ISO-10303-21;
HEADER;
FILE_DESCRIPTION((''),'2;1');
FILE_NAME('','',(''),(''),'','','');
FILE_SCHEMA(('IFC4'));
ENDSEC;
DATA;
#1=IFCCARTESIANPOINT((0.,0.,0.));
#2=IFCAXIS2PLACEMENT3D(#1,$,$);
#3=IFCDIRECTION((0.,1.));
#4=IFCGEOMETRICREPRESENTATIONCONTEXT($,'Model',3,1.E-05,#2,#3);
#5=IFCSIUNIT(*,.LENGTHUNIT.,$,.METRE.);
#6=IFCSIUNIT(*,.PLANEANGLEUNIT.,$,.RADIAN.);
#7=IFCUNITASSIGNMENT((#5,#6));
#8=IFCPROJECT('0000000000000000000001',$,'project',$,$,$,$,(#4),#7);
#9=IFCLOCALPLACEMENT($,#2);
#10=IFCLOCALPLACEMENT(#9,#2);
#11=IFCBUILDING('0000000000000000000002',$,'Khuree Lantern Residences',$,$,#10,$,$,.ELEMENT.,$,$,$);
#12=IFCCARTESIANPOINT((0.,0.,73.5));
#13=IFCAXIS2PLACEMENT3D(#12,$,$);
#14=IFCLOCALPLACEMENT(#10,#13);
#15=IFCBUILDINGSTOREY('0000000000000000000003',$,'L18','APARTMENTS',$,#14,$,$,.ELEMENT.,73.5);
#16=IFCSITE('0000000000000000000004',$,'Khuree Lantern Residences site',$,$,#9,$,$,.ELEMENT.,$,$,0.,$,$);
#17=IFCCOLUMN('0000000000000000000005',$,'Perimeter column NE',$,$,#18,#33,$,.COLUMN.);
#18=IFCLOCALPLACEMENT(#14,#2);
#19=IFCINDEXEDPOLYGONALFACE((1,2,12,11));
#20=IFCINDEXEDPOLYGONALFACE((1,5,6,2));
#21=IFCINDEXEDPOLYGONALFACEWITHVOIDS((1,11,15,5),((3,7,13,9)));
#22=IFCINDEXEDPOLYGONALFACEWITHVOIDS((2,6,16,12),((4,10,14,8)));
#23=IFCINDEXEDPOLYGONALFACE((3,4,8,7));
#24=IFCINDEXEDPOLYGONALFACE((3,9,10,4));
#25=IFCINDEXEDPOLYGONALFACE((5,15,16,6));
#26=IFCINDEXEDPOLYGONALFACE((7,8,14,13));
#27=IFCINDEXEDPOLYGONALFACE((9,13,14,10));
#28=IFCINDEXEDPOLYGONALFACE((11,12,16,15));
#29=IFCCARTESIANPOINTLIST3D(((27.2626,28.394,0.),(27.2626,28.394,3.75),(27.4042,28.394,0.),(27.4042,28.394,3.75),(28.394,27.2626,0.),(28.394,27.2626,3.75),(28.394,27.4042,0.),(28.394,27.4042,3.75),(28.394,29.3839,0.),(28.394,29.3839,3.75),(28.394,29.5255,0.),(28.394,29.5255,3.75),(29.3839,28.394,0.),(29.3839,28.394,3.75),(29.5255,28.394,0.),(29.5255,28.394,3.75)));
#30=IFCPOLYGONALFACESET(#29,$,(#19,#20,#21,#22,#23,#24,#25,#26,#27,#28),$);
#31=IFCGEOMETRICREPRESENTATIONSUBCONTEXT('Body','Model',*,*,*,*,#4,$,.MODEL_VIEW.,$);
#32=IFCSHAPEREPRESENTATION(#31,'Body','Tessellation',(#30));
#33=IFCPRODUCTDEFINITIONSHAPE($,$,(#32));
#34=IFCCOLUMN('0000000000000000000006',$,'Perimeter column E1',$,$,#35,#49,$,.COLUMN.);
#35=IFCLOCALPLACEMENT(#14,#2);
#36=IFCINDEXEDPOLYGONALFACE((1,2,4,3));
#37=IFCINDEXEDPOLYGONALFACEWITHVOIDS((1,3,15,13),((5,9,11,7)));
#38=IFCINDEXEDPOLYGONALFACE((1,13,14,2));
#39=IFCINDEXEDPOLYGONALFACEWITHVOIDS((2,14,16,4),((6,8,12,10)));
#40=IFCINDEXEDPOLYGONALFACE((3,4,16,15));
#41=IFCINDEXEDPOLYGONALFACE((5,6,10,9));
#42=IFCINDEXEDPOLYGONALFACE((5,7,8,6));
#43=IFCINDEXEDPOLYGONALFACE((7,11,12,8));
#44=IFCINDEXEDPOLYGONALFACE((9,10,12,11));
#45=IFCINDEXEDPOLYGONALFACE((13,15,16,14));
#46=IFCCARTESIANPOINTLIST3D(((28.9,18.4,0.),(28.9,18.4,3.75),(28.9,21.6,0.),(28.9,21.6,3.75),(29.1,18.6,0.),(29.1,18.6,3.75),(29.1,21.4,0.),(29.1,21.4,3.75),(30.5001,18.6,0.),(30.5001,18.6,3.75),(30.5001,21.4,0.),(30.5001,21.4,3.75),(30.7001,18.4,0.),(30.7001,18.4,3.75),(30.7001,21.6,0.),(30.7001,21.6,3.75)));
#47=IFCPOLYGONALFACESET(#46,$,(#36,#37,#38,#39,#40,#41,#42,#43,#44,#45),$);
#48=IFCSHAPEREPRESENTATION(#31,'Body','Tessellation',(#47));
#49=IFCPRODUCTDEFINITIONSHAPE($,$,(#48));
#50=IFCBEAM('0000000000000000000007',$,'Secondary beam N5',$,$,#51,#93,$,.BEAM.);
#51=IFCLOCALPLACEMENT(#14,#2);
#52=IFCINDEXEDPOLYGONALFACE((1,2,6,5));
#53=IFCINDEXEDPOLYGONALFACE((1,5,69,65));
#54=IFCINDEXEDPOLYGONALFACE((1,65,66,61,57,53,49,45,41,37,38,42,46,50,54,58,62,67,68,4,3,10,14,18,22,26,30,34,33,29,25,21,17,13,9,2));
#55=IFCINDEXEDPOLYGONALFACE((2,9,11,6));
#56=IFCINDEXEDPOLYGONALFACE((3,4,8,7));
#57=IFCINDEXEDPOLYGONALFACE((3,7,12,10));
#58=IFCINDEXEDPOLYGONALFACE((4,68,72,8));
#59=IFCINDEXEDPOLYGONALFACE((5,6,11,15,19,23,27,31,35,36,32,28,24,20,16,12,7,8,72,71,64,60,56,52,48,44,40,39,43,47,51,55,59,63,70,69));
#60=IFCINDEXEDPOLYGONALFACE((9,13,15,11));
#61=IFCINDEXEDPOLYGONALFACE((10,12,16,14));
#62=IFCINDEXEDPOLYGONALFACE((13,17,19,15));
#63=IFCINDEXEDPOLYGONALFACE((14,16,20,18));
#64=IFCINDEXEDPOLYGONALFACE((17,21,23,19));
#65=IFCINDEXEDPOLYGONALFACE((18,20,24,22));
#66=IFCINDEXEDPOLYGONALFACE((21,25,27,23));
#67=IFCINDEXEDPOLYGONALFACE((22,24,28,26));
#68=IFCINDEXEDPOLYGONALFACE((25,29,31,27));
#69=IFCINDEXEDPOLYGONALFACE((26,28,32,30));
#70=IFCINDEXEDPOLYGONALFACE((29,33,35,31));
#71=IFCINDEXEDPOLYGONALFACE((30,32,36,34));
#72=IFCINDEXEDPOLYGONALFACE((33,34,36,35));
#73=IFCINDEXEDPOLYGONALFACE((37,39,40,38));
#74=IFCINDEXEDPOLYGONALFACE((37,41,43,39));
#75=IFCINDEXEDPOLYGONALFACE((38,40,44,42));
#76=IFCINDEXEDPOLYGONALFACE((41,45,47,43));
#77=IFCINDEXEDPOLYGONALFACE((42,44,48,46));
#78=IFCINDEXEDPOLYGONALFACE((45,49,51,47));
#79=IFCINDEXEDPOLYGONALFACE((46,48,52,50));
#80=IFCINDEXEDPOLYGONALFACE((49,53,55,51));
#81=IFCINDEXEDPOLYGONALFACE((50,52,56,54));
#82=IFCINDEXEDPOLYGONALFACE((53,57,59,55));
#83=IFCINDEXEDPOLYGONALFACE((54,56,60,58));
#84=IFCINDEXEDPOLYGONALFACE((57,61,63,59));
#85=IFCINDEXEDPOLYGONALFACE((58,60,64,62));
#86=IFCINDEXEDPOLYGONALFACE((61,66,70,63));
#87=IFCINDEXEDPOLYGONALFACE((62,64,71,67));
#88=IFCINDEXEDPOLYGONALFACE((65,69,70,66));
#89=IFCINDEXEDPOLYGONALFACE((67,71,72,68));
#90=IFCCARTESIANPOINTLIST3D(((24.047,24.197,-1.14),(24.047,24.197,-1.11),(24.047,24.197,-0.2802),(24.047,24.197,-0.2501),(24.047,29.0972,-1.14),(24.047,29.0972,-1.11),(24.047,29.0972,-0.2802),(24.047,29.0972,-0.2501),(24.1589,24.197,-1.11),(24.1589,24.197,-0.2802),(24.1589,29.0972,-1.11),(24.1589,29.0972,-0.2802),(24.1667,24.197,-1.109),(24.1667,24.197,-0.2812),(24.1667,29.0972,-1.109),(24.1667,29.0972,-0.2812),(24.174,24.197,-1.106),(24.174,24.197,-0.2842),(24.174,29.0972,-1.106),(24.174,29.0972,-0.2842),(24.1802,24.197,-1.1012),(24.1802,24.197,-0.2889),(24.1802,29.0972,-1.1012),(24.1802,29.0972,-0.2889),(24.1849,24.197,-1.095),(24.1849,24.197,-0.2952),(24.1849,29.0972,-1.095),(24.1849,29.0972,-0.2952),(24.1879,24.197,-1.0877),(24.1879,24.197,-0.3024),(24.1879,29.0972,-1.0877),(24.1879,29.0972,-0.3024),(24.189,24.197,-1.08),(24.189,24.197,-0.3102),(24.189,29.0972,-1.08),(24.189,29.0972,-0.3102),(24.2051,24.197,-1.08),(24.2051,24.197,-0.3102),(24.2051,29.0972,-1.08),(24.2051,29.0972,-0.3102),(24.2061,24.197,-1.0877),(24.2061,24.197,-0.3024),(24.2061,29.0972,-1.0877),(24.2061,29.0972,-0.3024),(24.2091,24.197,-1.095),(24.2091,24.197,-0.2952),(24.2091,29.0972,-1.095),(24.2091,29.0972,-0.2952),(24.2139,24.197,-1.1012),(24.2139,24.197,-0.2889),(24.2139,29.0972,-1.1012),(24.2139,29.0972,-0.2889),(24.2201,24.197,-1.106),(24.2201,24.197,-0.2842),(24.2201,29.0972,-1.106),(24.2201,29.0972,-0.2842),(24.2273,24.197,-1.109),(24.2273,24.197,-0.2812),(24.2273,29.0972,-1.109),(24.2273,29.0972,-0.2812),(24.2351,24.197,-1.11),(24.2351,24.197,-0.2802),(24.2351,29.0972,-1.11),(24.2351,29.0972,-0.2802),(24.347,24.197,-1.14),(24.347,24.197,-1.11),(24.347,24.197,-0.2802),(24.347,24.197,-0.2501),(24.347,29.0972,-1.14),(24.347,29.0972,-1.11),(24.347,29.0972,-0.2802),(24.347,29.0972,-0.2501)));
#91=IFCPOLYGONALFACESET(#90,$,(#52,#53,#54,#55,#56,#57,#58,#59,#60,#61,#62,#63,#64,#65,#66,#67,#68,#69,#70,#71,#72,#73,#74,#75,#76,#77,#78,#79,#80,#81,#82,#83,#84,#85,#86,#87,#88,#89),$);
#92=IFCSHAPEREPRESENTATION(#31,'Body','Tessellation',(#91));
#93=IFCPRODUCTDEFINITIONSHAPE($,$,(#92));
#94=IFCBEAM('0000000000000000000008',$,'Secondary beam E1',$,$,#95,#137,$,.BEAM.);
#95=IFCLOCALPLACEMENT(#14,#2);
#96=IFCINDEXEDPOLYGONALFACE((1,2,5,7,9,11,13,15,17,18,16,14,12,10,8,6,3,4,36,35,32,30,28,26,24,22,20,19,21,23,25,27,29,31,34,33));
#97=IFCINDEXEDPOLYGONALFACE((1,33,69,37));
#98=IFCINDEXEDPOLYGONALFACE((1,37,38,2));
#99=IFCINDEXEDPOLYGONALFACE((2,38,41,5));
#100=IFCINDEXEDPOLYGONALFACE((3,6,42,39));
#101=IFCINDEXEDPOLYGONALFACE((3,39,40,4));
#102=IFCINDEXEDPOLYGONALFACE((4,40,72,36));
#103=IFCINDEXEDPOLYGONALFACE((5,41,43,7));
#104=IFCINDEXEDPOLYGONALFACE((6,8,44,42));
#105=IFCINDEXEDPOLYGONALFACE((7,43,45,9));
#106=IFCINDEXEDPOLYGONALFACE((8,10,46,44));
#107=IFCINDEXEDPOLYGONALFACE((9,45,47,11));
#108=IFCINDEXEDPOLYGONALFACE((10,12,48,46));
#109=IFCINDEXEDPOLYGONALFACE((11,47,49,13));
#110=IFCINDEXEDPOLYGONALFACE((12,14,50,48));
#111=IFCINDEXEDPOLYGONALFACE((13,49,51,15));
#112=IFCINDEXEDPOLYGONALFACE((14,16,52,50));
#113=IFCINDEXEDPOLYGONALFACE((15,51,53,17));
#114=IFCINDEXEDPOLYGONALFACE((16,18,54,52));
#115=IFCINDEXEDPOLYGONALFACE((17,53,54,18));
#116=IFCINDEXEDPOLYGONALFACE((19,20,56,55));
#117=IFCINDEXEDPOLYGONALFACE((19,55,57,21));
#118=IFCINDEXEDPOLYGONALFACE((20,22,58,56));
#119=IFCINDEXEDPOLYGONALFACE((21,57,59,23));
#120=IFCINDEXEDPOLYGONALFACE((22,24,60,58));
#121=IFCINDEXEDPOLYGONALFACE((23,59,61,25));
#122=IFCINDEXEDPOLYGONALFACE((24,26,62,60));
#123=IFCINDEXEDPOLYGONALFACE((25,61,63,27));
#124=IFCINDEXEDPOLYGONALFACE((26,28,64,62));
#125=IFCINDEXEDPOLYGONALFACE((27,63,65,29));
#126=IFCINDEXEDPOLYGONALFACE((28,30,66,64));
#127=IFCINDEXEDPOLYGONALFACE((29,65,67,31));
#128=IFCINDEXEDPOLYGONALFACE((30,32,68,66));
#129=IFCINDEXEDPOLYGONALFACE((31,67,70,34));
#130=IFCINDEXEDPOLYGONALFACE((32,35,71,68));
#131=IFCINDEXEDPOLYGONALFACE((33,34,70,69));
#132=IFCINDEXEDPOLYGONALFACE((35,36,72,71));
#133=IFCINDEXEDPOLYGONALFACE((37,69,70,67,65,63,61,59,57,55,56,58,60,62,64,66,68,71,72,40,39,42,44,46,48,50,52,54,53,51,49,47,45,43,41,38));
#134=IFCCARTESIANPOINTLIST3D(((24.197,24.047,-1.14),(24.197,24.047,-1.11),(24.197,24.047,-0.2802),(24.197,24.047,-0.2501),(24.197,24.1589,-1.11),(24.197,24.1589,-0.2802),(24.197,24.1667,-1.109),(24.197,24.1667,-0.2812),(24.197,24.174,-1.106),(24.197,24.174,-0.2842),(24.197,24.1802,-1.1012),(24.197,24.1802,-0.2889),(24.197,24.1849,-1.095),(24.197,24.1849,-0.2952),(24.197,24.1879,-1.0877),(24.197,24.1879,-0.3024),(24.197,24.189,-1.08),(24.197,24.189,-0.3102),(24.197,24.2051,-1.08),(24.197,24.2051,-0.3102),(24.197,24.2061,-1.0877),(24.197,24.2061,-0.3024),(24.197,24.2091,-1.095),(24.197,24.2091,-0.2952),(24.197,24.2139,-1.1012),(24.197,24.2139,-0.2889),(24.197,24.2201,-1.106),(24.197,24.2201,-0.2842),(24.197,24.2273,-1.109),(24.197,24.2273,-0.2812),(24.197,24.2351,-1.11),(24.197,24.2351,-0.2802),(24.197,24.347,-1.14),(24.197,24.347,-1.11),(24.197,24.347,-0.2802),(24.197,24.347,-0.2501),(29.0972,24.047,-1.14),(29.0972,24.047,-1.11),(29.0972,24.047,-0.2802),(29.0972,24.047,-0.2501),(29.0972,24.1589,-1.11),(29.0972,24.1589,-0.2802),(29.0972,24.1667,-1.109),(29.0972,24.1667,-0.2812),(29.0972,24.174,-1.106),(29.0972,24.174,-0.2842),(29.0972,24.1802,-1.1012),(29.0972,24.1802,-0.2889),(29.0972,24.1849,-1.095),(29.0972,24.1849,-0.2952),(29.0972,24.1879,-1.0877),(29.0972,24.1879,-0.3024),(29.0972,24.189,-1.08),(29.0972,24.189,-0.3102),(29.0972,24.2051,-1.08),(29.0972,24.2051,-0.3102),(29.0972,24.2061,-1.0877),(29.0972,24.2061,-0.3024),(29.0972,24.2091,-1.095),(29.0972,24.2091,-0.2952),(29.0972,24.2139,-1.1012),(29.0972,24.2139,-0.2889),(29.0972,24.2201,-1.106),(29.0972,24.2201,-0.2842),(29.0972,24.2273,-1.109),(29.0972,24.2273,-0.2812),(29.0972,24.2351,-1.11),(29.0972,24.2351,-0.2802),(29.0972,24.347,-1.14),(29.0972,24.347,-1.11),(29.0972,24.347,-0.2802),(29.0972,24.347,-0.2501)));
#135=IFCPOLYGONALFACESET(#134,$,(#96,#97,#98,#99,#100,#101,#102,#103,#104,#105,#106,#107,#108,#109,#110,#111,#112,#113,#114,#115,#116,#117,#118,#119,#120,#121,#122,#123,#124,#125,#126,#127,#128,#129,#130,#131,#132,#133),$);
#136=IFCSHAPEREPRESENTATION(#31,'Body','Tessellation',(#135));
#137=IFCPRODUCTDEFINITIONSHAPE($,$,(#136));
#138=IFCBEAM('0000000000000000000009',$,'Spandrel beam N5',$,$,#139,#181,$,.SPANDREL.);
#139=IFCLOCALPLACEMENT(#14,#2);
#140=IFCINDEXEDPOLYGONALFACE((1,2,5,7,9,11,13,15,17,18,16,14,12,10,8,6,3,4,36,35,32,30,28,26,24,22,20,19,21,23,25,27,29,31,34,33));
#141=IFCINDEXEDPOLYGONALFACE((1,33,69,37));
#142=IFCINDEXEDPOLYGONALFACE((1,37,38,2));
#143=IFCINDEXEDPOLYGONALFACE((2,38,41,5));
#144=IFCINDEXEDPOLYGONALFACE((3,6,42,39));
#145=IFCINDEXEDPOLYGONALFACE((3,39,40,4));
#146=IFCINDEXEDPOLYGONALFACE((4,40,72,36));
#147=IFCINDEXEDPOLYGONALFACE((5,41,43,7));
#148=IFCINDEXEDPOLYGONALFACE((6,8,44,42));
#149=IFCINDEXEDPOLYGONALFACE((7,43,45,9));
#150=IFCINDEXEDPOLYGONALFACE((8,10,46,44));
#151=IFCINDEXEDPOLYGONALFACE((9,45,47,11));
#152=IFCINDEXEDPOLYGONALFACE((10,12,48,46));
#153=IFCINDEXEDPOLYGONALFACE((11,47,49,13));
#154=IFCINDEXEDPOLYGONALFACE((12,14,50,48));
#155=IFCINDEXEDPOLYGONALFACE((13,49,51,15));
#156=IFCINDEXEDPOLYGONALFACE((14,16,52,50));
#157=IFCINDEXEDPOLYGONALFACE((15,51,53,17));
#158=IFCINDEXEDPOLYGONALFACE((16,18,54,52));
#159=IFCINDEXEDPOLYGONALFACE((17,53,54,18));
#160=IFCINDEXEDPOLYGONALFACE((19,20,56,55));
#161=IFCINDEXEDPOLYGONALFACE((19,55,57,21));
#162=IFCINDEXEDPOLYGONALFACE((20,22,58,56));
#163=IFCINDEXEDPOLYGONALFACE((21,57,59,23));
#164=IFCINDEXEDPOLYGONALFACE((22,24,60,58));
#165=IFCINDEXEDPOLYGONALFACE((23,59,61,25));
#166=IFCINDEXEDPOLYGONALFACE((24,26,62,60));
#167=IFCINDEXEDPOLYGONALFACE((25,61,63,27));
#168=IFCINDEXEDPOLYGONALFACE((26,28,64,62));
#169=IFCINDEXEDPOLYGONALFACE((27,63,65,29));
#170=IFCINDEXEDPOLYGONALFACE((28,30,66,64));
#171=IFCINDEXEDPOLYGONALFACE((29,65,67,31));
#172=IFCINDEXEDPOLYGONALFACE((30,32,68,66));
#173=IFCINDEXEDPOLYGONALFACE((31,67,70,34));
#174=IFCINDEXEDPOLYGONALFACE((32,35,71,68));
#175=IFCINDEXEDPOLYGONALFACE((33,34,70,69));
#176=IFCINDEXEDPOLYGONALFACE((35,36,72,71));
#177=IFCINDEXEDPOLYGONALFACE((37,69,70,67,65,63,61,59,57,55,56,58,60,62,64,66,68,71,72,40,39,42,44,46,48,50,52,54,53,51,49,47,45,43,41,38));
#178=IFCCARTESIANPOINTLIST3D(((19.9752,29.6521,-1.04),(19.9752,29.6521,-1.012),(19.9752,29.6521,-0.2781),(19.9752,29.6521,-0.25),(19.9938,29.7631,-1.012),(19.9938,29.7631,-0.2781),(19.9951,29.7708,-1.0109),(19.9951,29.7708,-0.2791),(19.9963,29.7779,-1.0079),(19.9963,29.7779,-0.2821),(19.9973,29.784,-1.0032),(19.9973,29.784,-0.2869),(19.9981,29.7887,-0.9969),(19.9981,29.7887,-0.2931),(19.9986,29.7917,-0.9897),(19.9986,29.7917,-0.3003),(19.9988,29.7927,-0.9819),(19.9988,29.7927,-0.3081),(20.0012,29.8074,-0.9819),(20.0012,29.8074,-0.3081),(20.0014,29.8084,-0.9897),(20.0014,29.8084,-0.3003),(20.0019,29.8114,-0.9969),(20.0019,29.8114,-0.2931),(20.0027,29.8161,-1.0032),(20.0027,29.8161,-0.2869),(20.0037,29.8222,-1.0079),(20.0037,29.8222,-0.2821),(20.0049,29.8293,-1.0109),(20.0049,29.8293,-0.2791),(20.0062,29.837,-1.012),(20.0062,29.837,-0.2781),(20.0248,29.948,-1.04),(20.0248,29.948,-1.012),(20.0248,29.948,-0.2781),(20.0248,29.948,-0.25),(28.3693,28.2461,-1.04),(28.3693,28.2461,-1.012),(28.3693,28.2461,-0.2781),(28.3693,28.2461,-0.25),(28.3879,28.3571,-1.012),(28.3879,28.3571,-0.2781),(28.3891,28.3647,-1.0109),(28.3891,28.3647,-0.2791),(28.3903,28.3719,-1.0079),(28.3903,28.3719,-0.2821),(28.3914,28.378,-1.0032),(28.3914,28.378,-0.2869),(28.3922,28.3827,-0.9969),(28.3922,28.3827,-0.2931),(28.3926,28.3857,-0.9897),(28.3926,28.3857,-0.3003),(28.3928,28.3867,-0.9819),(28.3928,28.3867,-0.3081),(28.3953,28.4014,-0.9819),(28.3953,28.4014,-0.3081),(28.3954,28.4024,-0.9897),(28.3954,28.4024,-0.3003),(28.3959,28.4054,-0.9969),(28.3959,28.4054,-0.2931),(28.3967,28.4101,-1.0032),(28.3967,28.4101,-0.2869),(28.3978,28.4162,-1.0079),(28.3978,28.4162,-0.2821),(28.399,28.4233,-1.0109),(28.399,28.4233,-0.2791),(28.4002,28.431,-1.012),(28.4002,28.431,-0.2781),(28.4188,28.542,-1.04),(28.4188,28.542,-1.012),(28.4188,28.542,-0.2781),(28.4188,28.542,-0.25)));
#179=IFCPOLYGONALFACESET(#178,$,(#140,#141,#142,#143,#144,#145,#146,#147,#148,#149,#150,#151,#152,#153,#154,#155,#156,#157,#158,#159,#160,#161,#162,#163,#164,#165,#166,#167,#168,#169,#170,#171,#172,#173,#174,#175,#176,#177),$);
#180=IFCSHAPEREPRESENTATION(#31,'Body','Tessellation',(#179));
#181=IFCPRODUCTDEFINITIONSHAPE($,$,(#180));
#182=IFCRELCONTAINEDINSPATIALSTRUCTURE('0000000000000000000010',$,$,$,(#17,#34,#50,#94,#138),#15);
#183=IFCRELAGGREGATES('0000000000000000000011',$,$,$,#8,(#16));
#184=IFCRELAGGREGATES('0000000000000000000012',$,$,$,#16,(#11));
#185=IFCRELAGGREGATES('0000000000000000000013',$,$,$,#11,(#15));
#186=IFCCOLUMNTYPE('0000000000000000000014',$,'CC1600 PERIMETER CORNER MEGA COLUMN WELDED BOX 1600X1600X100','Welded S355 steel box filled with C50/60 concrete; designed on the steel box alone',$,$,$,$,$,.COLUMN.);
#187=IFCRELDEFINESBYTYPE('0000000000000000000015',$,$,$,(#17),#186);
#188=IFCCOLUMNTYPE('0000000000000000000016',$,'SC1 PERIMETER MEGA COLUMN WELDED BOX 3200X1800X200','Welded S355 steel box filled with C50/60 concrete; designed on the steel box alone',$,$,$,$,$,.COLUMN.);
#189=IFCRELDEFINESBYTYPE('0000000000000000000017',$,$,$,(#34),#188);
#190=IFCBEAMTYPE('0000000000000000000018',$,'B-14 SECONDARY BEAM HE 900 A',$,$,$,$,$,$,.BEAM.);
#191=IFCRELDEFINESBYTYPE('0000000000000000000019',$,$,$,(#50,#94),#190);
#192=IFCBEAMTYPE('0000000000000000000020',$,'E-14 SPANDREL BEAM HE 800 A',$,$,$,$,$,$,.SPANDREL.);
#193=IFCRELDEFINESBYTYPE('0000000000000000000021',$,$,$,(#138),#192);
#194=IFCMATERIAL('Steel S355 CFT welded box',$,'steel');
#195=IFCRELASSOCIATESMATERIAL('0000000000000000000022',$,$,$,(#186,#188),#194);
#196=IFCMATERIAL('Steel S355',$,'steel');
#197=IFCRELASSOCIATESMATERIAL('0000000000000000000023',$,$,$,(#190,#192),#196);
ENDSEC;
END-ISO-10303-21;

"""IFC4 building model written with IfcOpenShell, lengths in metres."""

from ifc_helpers import new_model, si_unit, direction, frame, origin, origin_2d, place, context, subcontext, project, spatial, hollow_rectangle, i_section, extrude, material, material_profile, profile_set, type_object, element, save


model = new_model("IFC4")

# Units and contexts
model_context = context("Model", 3, precision=1e-05, world=origin(), true_north=direction((0.0, 1.0)))
body_context = subcontext(model_context, "Body", "Model", "MODEL_VIEW")
ifc_project = project(units=[si_unit("LENGTHUNIT", "METRE"), si_unit("PLANEANGLEUNIT", "RADIAN")], contexts=[model_context])

# Site, building, storey
site_placement = place(None, origin())
site = spatial("IfcSite", under=ifc_project, at=site_placement, Name="Khuree Lantern Residences site", CompositionType="ELEMENT", RefElevation=0.0)
building_placement = place(site_placement, origin())
building = spatial("IfcBuilding", under=site, at=building_placement, Name="Khuree Lantern Residences", CompositionType="ELEMENT")
storey_placement = place(building_placement, frame((0.0, 0.0, 73.5)))
storey = spatial("IfcBuildingStorey", under=building, at=storey_placement, Name="L18", Description="APARTMENTS", CompositionType="ELEMENT", Elevation=73.5)

# Columns
ifc_material_1 = material(Name="Steel S355 CFT welded box", Category="steel")
ifc_material_profile_1 = material_profile(ifc_material_1, hollow_rectangle(XDim=1.6001, YDim=1.6001, WallThickness=0.1001, at=origin_2d()), Name="WELDED BOX 1600X1600X100")
ifc_profile_set_1 = profile_set([ifc_material_profile_1], Name="Steel S355 CFT welded box")
column_type_1 = type_object("IfcColumnType", Name="CC1600 PERIMETER CORNER MEGA COLUMN WELDED BOX 1600X1600X100", Description="Welded S355 steel box filled with C50/60 concrete; designed on the steel box alone", PredefinedType="COLUMN", material=ifc_profile_set_1)
column_1_placement = place(storey_placement, frame((28.394, 28.394, 0.0), z_axis=(0.0, 0.0, 1.0), x_axis=(0.707107, -0.707107, 0.0)))
element("IfcColumn", 1, at=column_1_placement, inside=storey, type_object=column_type_1, Name="Perimeter column NE", PredefinedType="COLUMN", context=body_context, shape_type="SweptSolid", body=[
    extrude(hollow_rectangle(XDim=1.6001, YDim=1.6001, WallThickness=0.1001, at=origin_2d()), origin(), (0.0, 0.0, 1.0), 3.75),
])
ifc_material_profile_2 = material_profile(ifc_material_1, hollow_rectangle(XDim=3.2, YDim=1.8, WallThickness=0.2, at=origin_2d()), Name="WELDED BOX 3200X1800X200")
ifc_profile_set_2 = profile_set([ifc_material_profile_2], Name="Steel S355 CFT welded box")
column_type_2 = type_object("IfcColumnType", Name="SC1 PERIMETER MEGA COLUMN WELDED BOX 3200X1800X200", Description="Welded S355 steel box filled with C50/60 concrete; designed on the steel box alone", PredefinedType="COLUMN", material=ifc_profile_set_2)
column_2_placement = place(storey_placement, frame((29.8, 20.0, 0.0), z_axis=(0.0, 0.0, 1.0), x_axis=(0.0, 1.0, 0.0)))
element("IfcColumn", 2, at=column_2_placement, inside=storey, type_object=column_type_2, Name="Perimeter column E1", PredefinedType="COLUMN", context=body_context, shape_type="SweptSolid", body=[
    extrude(hollow_rectangle(XDim=3.2, YDim=1.8, WallThickness=0.2, at=origin_2d()), origin(), (0.0, 0.0, 1.0), 3.75),
])

# Beams
ifc_material_2 = material(Name="Steel S355", Category="steel")
ifc_material_profile_3 = material_profile(ifc_material_2, i_section(OverallWidth=0.3, OverallDepth=0.8899, WebThickness=0.0161, FlangeThickness=0.03, FilletRadius=0.03, at=origin_2d()), Name="HE 900 A")
ifc_profile_set_3 = profile_set([ifc_material_profile_3], Name="Steel S355")
beam_type_1 = type_object("IfcBeamType", Name="B-14 SECONDARY BEAM HE 900 A", PredefinedType="BEAM", material=ifc_profile_set_3)
for number, where, z_axis, x_axis, name in (
    (3, (24.197, 29.0972, -0.6951), (0.0, -1.0, 0.0), (1.0, 0.0, 0.0), "Secondary beam N5"),
    (4, (29.0972, 24.197, -0.6951), (-1.0, 0.0, 0.0), (0.0, -1.0, 0.0), "Secondary beam E1"),
):
    element("IfcBeam", number, at=place(storey_placement, frame(where, z_axis=z_axis, x_axis=x_axis)), inside=storey, type_object=beam_type_1, Name=name, PredefinedType="BEAM", context=body_context, shape_type="SweptSolid", body=[
        extrude(i_section(OverallWidth=0.3, OverallDepth=0.8899, WebThickness=0.0161, FlangeThickness=0.03, FilletRadius=0.03, at=origin_2d()), origin(), (0.0, 0.0, 1.0), 4.9001),
    ])
ifc_material_profile_4 = material_profile(ifc_material_2, i_section(OverallWidth=0.3, OverallDepth=0.79, WebThickness=0.0149, FlangeThickness=0.0281, FilletRadius=0.03, at=origin_2d()), Name="HE 800 A")
ifc_profile_set_4 = profile_set([ifc_material_profile_4], Name="Steel S355")
beam_type_2 = type_object("IfcBeamType", Name="E-14 SPANDREL BEAM HE 800 A", PredefinedType="SPANDREL", material=ifc_profile_set_4)
for number, where, z_axis, x_axis, name in (
    (5, (20.0, 29.8, -0.645), (0.98626, -0.165199, 0.0), (0.165199, 0.98626, 0.0), "Spandrel beam N5"),
):
    element("IfcBeam", number, at=place(storey_placement, frame(where, z_axis=z_axis, x_axis=x_axis)), inside=storey, type_object=beam_type_2, Name=name, PredefinedType="SPANDREL", context=body_context, shape_type="SweptSolid", body=[
        extrude(i_section(OverallWidth=0.3, OverallDepth=0.79, WebThickness=0.0149, FlangeThickness=0.0281, FilletRadius=0.03, at=origin_2d()), origin(), (0.0, 0.0, 1.0), 8.511),
    ])

save(model, "model.ifc")
